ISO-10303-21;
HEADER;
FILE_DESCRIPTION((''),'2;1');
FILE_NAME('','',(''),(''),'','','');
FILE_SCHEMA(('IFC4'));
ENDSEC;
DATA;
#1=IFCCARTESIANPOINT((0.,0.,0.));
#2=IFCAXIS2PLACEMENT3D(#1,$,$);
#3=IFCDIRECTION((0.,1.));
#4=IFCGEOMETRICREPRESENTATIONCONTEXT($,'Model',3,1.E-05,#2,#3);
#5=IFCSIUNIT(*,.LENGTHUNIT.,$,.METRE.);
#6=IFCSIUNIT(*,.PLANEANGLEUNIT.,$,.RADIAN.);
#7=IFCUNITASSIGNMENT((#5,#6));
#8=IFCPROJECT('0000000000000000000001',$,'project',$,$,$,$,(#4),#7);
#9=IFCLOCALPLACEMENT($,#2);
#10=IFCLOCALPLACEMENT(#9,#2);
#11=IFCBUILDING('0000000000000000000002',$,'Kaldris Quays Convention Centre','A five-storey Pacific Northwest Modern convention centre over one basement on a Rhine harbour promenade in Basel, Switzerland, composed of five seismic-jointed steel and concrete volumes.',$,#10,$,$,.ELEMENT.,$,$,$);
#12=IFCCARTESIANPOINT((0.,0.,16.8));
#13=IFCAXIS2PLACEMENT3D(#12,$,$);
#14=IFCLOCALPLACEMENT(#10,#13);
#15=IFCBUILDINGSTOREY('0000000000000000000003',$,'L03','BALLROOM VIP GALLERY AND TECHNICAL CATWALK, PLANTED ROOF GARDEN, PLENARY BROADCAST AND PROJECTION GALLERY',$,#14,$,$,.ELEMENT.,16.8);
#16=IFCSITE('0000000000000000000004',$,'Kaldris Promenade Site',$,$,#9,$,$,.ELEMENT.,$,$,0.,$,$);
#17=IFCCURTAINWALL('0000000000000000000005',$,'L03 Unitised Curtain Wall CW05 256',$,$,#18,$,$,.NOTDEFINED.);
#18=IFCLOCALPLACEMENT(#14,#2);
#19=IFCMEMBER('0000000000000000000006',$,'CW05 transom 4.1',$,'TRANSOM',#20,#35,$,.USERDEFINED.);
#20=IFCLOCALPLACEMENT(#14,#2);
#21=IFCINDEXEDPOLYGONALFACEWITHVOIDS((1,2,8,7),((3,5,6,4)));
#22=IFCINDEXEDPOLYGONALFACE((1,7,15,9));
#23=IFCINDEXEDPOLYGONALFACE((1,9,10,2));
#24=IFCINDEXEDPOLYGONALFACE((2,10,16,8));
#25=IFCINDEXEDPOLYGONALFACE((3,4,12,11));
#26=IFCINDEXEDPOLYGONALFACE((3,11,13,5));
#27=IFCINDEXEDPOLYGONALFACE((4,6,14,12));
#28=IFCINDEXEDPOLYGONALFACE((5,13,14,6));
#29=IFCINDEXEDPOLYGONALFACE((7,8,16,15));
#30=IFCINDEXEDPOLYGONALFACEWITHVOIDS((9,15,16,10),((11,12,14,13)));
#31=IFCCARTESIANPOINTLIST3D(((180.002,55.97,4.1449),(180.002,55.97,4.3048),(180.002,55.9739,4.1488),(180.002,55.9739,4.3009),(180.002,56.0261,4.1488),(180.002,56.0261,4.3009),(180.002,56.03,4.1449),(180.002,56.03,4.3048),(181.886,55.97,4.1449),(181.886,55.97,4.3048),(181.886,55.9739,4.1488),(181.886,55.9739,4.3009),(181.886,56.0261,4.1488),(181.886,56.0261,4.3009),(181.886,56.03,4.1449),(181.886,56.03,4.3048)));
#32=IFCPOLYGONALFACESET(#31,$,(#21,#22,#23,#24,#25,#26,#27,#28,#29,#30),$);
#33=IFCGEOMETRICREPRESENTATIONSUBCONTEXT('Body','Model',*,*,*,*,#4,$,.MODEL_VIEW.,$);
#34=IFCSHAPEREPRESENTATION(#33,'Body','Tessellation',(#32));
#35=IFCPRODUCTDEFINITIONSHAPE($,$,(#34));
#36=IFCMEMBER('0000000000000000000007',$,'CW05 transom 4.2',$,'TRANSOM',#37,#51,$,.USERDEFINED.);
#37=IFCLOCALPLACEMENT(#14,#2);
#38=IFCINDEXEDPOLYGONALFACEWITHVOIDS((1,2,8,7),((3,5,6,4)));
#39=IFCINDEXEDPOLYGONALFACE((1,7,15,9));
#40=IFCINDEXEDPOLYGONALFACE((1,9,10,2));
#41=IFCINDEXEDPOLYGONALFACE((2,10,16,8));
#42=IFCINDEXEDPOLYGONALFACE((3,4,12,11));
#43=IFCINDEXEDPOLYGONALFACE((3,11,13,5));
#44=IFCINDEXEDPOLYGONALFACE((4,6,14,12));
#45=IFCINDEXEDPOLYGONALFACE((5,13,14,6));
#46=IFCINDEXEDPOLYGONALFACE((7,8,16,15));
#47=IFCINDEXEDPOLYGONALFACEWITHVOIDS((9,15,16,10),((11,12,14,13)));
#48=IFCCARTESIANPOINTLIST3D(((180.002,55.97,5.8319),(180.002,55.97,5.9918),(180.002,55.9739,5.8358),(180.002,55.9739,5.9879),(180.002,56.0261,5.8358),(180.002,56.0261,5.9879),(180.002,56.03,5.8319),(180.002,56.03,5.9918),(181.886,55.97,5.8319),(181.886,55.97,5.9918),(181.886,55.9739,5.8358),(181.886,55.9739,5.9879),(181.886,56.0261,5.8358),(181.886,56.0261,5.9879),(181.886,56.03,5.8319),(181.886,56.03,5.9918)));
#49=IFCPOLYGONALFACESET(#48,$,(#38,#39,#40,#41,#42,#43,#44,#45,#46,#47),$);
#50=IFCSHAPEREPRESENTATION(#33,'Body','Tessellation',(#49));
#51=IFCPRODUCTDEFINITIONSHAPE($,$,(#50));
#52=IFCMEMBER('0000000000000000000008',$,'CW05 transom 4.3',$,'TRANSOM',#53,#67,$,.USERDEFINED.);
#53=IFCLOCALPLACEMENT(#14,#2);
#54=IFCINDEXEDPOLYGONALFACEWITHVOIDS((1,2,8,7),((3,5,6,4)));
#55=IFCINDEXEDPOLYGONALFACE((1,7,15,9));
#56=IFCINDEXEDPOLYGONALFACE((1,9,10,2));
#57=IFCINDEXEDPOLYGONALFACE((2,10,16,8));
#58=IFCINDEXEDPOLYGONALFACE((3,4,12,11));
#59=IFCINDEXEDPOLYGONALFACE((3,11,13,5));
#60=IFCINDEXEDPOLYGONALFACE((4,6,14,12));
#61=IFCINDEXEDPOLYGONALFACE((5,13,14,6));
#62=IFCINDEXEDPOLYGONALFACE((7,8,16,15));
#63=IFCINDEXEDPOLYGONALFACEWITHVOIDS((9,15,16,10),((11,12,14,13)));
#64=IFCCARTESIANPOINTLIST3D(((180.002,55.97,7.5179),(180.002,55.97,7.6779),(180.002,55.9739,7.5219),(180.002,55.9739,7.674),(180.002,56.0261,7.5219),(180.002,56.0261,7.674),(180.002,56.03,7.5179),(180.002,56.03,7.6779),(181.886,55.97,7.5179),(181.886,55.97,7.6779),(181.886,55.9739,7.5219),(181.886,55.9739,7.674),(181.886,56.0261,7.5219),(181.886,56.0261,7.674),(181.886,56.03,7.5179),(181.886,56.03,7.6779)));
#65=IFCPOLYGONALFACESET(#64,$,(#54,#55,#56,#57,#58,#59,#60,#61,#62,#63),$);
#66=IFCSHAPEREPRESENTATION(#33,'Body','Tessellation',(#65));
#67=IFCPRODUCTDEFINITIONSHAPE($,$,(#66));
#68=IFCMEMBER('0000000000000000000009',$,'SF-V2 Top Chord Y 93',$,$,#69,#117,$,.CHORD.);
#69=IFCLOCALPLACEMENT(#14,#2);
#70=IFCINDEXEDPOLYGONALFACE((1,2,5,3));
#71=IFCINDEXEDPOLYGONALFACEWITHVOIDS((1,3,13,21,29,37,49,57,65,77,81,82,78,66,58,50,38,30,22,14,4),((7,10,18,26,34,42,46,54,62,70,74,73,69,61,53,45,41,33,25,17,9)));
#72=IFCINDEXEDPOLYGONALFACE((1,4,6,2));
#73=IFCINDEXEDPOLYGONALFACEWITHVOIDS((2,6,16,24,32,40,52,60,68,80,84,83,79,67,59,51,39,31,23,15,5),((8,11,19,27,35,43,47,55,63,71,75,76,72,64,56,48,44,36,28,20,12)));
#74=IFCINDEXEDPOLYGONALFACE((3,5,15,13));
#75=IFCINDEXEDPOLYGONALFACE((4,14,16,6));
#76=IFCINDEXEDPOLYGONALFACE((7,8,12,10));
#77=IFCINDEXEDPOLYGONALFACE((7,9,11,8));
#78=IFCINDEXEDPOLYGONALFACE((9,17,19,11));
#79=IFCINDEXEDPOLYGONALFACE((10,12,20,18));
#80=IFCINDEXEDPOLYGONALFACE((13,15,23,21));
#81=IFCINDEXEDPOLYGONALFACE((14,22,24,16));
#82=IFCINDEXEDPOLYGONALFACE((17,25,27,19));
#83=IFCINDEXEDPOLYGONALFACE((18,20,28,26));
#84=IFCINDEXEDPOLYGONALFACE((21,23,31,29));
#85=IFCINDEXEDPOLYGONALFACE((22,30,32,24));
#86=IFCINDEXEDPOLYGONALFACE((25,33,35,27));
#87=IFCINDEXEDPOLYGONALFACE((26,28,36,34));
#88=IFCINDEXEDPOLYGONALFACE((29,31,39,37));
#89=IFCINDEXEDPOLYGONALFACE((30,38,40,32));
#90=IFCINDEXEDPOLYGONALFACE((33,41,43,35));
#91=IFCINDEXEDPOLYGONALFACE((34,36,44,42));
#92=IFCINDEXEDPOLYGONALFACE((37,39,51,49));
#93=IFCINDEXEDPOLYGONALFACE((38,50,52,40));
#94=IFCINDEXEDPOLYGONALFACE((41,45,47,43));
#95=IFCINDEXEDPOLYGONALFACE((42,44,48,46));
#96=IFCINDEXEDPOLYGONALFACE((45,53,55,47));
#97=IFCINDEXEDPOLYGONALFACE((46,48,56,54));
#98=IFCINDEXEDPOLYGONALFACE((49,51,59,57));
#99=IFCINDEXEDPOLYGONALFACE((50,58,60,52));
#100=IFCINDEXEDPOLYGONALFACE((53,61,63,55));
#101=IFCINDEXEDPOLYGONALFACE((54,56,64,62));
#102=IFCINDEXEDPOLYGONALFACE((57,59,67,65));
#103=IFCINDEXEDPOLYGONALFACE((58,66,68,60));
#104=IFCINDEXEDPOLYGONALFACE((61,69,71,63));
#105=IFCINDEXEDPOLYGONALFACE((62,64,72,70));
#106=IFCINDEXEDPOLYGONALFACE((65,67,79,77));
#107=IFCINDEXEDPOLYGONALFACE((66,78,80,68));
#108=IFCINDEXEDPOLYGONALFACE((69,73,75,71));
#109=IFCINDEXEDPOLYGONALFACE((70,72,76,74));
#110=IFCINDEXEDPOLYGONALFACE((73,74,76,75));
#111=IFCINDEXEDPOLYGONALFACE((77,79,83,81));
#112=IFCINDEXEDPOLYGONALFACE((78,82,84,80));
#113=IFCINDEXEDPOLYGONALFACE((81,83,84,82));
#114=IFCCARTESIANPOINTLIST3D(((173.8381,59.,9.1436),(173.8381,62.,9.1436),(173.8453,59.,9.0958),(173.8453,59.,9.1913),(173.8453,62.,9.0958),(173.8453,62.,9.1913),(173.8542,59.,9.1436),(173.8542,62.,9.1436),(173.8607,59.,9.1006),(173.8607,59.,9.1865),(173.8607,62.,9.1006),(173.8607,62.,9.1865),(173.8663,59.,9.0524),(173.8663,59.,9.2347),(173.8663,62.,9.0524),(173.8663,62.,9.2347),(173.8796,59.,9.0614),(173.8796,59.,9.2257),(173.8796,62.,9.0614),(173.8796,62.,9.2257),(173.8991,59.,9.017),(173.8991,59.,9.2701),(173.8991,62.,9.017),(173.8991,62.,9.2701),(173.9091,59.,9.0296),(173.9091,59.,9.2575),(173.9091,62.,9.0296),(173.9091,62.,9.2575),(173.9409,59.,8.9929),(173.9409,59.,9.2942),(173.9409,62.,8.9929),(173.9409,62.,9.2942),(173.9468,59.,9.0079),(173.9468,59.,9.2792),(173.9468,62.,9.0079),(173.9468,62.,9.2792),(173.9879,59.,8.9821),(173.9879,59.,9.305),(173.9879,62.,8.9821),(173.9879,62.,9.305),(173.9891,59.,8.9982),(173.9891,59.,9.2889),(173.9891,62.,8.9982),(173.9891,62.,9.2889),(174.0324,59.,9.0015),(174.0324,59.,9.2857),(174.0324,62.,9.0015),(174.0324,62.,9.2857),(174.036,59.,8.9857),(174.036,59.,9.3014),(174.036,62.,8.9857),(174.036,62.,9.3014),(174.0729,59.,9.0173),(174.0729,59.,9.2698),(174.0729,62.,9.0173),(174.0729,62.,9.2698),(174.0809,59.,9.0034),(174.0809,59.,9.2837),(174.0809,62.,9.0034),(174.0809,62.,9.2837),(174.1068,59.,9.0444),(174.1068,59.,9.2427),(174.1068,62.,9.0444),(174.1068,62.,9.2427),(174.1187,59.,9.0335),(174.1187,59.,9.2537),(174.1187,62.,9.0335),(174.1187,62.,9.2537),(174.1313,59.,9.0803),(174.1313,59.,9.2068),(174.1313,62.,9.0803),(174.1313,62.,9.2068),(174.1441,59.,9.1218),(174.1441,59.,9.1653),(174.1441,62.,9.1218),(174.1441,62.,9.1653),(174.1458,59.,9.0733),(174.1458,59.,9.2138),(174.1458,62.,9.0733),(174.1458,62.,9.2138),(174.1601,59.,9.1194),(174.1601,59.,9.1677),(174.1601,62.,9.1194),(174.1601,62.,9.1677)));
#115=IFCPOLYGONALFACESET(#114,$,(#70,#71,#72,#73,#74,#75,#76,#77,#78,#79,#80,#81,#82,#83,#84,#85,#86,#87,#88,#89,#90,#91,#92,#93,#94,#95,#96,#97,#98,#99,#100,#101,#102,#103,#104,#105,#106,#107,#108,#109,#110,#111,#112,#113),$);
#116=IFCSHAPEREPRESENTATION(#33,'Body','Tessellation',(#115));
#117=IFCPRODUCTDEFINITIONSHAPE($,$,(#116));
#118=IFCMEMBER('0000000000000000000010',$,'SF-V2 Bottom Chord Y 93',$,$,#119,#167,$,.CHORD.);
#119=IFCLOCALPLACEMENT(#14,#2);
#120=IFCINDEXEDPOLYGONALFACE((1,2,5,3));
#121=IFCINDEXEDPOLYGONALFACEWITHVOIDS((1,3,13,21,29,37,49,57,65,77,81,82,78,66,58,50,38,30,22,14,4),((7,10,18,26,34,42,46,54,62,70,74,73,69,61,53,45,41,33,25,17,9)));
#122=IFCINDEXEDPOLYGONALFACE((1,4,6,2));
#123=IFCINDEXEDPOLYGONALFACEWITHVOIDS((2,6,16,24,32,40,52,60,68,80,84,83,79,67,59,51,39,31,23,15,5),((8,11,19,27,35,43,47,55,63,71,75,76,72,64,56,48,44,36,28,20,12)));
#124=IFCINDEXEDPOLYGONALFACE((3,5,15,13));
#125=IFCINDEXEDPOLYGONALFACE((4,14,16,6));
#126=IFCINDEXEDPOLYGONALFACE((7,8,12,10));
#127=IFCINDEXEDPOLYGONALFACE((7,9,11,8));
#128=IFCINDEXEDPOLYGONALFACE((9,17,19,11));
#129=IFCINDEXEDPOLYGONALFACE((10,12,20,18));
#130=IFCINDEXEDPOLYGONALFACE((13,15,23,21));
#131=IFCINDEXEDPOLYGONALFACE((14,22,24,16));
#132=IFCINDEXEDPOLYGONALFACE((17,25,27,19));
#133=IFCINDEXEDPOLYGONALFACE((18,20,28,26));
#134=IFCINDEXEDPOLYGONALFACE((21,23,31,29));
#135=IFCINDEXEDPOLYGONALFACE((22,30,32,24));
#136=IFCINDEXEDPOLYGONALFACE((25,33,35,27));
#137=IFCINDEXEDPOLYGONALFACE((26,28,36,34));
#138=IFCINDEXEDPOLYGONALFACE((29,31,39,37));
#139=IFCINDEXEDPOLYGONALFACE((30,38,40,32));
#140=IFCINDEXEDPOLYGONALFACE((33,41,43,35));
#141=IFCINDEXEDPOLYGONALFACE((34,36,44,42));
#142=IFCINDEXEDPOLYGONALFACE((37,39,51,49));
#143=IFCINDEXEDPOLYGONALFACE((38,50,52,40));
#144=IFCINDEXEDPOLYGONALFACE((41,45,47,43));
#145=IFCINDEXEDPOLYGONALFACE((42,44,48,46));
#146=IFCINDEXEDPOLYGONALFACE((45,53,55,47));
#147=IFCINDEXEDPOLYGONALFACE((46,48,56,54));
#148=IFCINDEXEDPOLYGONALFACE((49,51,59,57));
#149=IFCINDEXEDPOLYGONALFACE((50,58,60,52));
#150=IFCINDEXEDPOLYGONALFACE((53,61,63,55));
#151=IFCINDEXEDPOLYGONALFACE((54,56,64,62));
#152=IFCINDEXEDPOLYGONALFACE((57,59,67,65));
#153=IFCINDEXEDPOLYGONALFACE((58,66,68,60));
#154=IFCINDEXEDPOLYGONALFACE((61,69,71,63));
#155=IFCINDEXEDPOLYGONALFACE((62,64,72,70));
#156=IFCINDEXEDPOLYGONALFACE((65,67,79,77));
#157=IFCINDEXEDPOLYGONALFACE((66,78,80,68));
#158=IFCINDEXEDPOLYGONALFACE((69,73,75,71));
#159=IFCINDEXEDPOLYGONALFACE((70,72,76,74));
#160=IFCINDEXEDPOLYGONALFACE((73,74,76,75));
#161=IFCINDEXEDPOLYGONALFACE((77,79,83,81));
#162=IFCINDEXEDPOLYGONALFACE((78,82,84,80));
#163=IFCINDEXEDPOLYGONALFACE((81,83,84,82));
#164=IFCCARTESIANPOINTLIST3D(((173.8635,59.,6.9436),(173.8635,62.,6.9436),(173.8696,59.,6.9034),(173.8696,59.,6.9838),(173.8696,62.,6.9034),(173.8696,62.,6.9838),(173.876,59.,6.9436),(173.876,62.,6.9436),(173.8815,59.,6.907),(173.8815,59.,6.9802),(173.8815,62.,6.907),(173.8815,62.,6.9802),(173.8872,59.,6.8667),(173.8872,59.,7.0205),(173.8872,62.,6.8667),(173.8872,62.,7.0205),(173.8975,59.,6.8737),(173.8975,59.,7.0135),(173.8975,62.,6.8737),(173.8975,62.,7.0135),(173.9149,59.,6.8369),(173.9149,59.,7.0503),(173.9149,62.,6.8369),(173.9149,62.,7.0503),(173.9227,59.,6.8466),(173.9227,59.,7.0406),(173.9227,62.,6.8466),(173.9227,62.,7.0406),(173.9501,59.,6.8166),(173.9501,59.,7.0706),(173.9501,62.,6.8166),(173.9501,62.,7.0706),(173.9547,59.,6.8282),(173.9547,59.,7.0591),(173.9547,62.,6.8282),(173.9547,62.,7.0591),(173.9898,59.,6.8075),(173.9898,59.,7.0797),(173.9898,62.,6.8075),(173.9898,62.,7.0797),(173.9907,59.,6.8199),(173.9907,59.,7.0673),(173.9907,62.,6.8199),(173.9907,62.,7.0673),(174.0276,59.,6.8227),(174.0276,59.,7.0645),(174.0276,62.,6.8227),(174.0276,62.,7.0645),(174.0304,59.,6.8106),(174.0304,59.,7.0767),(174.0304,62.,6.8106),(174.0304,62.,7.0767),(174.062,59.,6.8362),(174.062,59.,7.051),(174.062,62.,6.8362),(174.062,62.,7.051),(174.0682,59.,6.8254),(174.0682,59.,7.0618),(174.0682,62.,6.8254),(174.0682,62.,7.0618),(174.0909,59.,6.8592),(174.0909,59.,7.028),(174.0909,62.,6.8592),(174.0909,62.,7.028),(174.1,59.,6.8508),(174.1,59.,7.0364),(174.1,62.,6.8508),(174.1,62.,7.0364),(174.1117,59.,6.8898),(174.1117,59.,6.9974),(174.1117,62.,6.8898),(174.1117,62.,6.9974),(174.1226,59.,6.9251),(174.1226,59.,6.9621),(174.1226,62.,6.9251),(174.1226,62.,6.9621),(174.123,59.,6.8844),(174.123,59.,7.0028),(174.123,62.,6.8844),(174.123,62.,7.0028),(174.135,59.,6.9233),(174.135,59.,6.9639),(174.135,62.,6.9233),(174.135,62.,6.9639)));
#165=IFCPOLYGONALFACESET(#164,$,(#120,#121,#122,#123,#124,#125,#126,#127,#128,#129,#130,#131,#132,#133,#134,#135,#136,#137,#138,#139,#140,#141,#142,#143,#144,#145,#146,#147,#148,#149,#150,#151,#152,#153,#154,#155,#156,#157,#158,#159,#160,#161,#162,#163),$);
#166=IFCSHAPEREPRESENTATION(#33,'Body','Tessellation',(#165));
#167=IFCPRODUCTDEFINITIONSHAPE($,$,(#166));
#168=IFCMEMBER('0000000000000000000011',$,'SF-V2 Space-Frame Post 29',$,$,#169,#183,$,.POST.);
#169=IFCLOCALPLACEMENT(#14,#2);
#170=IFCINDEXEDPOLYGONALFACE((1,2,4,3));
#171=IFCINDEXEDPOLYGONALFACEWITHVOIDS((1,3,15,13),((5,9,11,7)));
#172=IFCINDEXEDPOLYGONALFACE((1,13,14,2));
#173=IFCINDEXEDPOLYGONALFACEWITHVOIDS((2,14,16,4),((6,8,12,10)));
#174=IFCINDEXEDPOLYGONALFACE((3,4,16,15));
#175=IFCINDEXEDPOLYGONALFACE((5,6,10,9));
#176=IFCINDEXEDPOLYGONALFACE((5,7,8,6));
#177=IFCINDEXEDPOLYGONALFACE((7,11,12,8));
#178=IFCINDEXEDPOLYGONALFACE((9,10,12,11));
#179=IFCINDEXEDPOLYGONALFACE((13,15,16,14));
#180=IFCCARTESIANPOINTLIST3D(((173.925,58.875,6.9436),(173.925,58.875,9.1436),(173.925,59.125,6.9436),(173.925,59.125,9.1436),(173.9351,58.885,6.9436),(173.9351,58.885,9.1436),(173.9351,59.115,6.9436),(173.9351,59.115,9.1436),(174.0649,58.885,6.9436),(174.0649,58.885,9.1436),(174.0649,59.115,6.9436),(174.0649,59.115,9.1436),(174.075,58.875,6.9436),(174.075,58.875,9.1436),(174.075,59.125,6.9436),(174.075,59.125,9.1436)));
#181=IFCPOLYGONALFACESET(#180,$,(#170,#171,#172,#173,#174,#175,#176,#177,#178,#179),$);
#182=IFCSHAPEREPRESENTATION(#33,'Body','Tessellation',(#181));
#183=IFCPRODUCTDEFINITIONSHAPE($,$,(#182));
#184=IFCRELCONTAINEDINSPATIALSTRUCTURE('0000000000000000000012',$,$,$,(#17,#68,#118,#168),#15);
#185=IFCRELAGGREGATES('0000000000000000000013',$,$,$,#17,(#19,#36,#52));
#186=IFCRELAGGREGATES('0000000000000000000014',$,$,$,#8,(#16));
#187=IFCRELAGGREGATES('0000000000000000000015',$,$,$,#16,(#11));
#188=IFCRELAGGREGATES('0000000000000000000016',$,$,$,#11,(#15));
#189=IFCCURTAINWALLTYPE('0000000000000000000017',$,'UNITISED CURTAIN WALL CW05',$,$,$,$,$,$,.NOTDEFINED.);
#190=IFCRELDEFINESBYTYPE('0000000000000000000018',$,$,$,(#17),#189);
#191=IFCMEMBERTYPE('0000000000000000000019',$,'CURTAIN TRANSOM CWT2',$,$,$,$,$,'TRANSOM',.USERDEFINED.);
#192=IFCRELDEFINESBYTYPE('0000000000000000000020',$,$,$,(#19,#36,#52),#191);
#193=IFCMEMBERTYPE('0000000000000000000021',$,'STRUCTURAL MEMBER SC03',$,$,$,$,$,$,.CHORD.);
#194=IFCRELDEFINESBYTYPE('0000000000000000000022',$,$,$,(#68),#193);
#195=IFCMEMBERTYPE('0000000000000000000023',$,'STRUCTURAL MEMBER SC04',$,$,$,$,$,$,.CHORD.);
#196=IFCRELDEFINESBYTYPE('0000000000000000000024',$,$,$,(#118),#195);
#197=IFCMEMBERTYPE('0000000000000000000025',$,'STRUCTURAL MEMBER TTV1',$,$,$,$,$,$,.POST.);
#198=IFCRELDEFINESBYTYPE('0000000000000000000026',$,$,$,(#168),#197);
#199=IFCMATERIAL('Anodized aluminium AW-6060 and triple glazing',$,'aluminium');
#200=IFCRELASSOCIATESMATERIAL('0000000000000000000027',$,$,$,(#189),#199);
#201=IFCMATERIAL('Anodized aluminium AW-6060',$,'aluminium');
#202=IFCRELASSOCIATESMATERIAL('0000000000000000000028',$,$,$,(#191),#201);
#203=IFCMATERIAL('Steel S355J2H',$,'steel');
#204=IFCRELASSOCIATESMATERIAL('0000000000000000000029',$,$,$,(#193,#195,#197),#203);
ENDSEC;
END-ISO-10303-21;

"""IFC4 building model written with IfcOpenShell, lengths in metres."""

from ifc_helpers import new_model, si_unit, direction, frame, origin, origin_2d, place, context, subcontext, project, spatial, hollow_rectangle, hollow_circle, extrude, material, material_profile, profile_set, type_object, element, aggregate, save


model = new_model("IFC4")

# Units and contexts
model_context = context("Model", 3, precision=1e-05, world=origin(), true_north=direction((0.0, 1.0)))
body_context = subcontext(model_context, "Body", "Model", "MODEL_VIEW")
ifc_project = project(units=[si_unit("LENGTHUNIT", "METRE"), si_unit("PLANEANGLEUNIT", "RADIAN")], contexts=[model_context])

# Site, building, storey
site_placement = place(None, origin())
site = spatial("IfcSite", under=ifc_project, at=site_placement, Name="Kaldris Promenade Site", CompositionType="ELEMENT", RefElevation=0.0)
building_placement = place(site_placement, origin())
building = spatial("IfcBuilding", under=site, at=building_placement, Name="Kaldris Quays Convention Centre", Description="A five-storey Pacific Northwest Modern convention centre over one basement on a Rhine harbour promenade in Basel, Switzerland, composed of five seismic-jointed steel and concrete volumes.", CompositionType="ELEMENT")
storey_placement = place(building_placement, frame((0.0, 0.0, 16.8)))
storey = spatial("IfcBuildingStorey", under=building, at=storey_placement, Name="L03", Description="BALLROOM VIP GALLERY AND TECHNICAL CATWALK, PLANTED ROOF GARDEN, PLENARY BROADCAST AND PROJECTION GALLERY", CompositionType="ELEMENT", Elevation=16.8)

# Curtain wall
ifc_material_1 = material(Name="Anodized aluminium AW-6060 and triple glazing", Category="aluminium")
ifc_material_2 = material(Name="Anodized aluminium AW-6060", Category="aluminium")
curtain_wall_type_1 = type_object("IfcCurtainWallType", Name="UNITISED CURTAIN WALL CW05", PredefinedType="NOTDEFINED", material=ifc_material_1)
curtain_wall_1_placement = place(storey_placement, origin())
curtain_wall_1 = element("IfcCurtainWall", 1, at=curtain_wall_1_placement, inside=storey, type_object=curtain_wall_type_1, Name="L03 Unitised Curtain Wall CW05 256", PredefinedType="NOTDEFINED")

# Members
ifc_material_profile_1 = material_profile(ifc_material_2, hollow_rectangle(XDim=0.0601, YDim=0.1599, WallThickness=0.0039, at=origin_2d()), Name="RHS 160x60x4")
ifc_profile_set_1 = profile_set([ifc_material_profile_1], Name="Anodized aluminium AW-6060")
member_type_1 = type_object("IfcMemberType", Name="CURTAIN TRANSOM CWT2", ElementType="TRANSOM", PredefinedType="USERDEFINED", material=ifc_profile_set_1)
member_1_placement = place(storey_placement, frame((180.002, 56.0, 4.2249), z_axis=(1.0, 0.0, 0.0), x_axis=(0.0, 1.0, 0.0)))
member_1 = element("IfcMember", 2, at=member_1_placement, type_object=member_type_1, Name="CW05 transom 4.1", ObjectType="TRANSOM", PredefinedType="USERDEFINED", context=body_context, shape_type="SweptSolid", body=[
    extrude(hollow_rectangle(XDim=0.0601, YDim=0.1599, WallThickness=0.0039, at=origin_2d()), origin(), (0.0, 0.0, 1.0), 1.884),
])
member_2_placement = place(storey_placement, frame((180.002, 56.0, 5.9119), z_axis=(1.0, 0.0, 0.0), x_axis=(0.0, 1.0, 0.0)))
member_2 = element("IfcMember", 3, at=member_2_placement, type_object=member_type_1, Name="CW05 transom 4.2", ObjectType="TRANSOM", PredefinedType="USERDEFINED", context=body_context, shape_type="SweptSolid", body=[
    extrude(hollow_rectangle(XDim=0.0601, YDim=0.1599, WallThickness=0.0039, at=origin_2d()), origin(), (0.0, 0.0, 1.0), 1.884),
])
member_3_placement = place(storey_placement, frame((180.002, 56.0, 7.5979), z_axis=(1.0, 0.0, 0.0), x_axis=(0.0, 1.0, 0.0)))
member_3 = element("IfcMember", 4, at=member_3_placement, type_object=member_type_1, Name="CW05 transom 4.3", ObjectType="TRANSOM", PredefinedType="USERDEFINED", context=body_context, shape_type="SweptSolid", body=[
    extrude(hollow_rectangle(XDim=0.0601, YDim=0.1599, WallThickness=0.0039, at=origin_2d()), origin(), (0.0, 0.0, 1.0), 1.884),
])

# Members
ifc_material_3 = material(Name="Steel S355J2H", Category="steel")
ifc_material_profile_2 = material_profile(ifc_material_3, hollow_circle(Radius=0.1619, WallThickness=0.0161, at=origin_2d()), Name="CHS 323.9x16")
ifc_profile_set_2 = profile_set([ifc_material_profile_2], Name="Steel S355J2H")
member_type_2 = type_object("IfcMemberType", Name="STRUCTURAL MEMBER SC03", PredefinedType="CHORD", material=ifc_profile_set_2)
member_4_placement = place(storey_placement, frame((174.0, 59.0, 9.1436), z_axis=(0.0, 1.0, 0.0), x_axis=(-1.0, 0.0, 0.0)))
element("IfcMember", 5, at=member_4_placement, inside=storey, type_object=member_type_2, Name="SF-V2 Top Chord Y 93", PredefinedType="CHORD", context=body_context, shape_type="SweptSolid", body=[
    extrude(hollow_circle(Radius=0.1619, WallThickness=0.0161, at=origin_2d()), origin(), (0.0, 0.0, 1.0), 3.0),
])
ifc_material_profile_3 = material_profile(ifc_material_3, hollow_circle(Radius=0.1365, WallThickness=0.0125, at=origin_2d()), Name="CHS 273x12.5")
ifc_profile_set_3 = profile_set([ifc_material_profile_3], Name="Steel S355J2H")
member_type_3 = type_object("IfcMemberType", Name="STRUCTURAL MEMBER SC04", PredefinedType="CHORD", material=ifc_profile_set_3)
member_5_placement = place(storey_placement, frame((174.0, 59.0, 6.9436), z_axis=(0.0, 1.0, 0.0), x_axis=(-1.0, 0.0, 0.0)))
element("IfcMember", 6, at=member_5_placement, inside=storey, type_object=member_type_3, Name="SF-V2 Bottom Chord Y 93", PredefinedType="CHORD", context=body_context, shape_type="SweptSolid", body=[
    extrude(hollow_circle(Radius=0.1365, WallThickness=0.0125, at=origin_2d()), origin(), (0.0, 0.0, 1.0), 3.0),
])
ifc_material_profile_4 = material_profile(ifc_material_3, hollow_rectangle(XDim=0.1499, YDim=0.25, WallThickness=0.01, at=origin_2d()), Name="RHS 250x150x10")
ifc_profile_set_4 = profile_set([ifc_material_profile_4], Name="Steel S355J2H")
member_type_4 = type_object("IfcMemberType", Name="STRUCTURAL MEMBER TTV1", PredefinedType="POST", material=ifc_profile_set_4)
for number, where, z_axis, x_axis, name in (
    (7, (174.0, 59.0, 6.9436), (0.0, 0.0, 1.0), (1.0, 0.0, 0.0), "SF-V2 Space-Frame Post 29"),
):
    element("IfcMember", number, at=place(storey_placement, frame(where, z_axis=z_axis, x_axis=x_axis)), inside=storey, type_object=member_type_4, Name=name, PredefinedType="POST", context=body_context, shape_type="SweptSolid", body=[
        extrude(hollow_rectangle(XDim=0.1499, YDim=0.25, WallThickness=0.01, at=origin_2d()), origin(), (0.0, 0.0, 1.0), 2.2),
    ])

aggregate(curtain_wall_1, [member_1, member_2, member_3])

save(model, "model.ifc")
